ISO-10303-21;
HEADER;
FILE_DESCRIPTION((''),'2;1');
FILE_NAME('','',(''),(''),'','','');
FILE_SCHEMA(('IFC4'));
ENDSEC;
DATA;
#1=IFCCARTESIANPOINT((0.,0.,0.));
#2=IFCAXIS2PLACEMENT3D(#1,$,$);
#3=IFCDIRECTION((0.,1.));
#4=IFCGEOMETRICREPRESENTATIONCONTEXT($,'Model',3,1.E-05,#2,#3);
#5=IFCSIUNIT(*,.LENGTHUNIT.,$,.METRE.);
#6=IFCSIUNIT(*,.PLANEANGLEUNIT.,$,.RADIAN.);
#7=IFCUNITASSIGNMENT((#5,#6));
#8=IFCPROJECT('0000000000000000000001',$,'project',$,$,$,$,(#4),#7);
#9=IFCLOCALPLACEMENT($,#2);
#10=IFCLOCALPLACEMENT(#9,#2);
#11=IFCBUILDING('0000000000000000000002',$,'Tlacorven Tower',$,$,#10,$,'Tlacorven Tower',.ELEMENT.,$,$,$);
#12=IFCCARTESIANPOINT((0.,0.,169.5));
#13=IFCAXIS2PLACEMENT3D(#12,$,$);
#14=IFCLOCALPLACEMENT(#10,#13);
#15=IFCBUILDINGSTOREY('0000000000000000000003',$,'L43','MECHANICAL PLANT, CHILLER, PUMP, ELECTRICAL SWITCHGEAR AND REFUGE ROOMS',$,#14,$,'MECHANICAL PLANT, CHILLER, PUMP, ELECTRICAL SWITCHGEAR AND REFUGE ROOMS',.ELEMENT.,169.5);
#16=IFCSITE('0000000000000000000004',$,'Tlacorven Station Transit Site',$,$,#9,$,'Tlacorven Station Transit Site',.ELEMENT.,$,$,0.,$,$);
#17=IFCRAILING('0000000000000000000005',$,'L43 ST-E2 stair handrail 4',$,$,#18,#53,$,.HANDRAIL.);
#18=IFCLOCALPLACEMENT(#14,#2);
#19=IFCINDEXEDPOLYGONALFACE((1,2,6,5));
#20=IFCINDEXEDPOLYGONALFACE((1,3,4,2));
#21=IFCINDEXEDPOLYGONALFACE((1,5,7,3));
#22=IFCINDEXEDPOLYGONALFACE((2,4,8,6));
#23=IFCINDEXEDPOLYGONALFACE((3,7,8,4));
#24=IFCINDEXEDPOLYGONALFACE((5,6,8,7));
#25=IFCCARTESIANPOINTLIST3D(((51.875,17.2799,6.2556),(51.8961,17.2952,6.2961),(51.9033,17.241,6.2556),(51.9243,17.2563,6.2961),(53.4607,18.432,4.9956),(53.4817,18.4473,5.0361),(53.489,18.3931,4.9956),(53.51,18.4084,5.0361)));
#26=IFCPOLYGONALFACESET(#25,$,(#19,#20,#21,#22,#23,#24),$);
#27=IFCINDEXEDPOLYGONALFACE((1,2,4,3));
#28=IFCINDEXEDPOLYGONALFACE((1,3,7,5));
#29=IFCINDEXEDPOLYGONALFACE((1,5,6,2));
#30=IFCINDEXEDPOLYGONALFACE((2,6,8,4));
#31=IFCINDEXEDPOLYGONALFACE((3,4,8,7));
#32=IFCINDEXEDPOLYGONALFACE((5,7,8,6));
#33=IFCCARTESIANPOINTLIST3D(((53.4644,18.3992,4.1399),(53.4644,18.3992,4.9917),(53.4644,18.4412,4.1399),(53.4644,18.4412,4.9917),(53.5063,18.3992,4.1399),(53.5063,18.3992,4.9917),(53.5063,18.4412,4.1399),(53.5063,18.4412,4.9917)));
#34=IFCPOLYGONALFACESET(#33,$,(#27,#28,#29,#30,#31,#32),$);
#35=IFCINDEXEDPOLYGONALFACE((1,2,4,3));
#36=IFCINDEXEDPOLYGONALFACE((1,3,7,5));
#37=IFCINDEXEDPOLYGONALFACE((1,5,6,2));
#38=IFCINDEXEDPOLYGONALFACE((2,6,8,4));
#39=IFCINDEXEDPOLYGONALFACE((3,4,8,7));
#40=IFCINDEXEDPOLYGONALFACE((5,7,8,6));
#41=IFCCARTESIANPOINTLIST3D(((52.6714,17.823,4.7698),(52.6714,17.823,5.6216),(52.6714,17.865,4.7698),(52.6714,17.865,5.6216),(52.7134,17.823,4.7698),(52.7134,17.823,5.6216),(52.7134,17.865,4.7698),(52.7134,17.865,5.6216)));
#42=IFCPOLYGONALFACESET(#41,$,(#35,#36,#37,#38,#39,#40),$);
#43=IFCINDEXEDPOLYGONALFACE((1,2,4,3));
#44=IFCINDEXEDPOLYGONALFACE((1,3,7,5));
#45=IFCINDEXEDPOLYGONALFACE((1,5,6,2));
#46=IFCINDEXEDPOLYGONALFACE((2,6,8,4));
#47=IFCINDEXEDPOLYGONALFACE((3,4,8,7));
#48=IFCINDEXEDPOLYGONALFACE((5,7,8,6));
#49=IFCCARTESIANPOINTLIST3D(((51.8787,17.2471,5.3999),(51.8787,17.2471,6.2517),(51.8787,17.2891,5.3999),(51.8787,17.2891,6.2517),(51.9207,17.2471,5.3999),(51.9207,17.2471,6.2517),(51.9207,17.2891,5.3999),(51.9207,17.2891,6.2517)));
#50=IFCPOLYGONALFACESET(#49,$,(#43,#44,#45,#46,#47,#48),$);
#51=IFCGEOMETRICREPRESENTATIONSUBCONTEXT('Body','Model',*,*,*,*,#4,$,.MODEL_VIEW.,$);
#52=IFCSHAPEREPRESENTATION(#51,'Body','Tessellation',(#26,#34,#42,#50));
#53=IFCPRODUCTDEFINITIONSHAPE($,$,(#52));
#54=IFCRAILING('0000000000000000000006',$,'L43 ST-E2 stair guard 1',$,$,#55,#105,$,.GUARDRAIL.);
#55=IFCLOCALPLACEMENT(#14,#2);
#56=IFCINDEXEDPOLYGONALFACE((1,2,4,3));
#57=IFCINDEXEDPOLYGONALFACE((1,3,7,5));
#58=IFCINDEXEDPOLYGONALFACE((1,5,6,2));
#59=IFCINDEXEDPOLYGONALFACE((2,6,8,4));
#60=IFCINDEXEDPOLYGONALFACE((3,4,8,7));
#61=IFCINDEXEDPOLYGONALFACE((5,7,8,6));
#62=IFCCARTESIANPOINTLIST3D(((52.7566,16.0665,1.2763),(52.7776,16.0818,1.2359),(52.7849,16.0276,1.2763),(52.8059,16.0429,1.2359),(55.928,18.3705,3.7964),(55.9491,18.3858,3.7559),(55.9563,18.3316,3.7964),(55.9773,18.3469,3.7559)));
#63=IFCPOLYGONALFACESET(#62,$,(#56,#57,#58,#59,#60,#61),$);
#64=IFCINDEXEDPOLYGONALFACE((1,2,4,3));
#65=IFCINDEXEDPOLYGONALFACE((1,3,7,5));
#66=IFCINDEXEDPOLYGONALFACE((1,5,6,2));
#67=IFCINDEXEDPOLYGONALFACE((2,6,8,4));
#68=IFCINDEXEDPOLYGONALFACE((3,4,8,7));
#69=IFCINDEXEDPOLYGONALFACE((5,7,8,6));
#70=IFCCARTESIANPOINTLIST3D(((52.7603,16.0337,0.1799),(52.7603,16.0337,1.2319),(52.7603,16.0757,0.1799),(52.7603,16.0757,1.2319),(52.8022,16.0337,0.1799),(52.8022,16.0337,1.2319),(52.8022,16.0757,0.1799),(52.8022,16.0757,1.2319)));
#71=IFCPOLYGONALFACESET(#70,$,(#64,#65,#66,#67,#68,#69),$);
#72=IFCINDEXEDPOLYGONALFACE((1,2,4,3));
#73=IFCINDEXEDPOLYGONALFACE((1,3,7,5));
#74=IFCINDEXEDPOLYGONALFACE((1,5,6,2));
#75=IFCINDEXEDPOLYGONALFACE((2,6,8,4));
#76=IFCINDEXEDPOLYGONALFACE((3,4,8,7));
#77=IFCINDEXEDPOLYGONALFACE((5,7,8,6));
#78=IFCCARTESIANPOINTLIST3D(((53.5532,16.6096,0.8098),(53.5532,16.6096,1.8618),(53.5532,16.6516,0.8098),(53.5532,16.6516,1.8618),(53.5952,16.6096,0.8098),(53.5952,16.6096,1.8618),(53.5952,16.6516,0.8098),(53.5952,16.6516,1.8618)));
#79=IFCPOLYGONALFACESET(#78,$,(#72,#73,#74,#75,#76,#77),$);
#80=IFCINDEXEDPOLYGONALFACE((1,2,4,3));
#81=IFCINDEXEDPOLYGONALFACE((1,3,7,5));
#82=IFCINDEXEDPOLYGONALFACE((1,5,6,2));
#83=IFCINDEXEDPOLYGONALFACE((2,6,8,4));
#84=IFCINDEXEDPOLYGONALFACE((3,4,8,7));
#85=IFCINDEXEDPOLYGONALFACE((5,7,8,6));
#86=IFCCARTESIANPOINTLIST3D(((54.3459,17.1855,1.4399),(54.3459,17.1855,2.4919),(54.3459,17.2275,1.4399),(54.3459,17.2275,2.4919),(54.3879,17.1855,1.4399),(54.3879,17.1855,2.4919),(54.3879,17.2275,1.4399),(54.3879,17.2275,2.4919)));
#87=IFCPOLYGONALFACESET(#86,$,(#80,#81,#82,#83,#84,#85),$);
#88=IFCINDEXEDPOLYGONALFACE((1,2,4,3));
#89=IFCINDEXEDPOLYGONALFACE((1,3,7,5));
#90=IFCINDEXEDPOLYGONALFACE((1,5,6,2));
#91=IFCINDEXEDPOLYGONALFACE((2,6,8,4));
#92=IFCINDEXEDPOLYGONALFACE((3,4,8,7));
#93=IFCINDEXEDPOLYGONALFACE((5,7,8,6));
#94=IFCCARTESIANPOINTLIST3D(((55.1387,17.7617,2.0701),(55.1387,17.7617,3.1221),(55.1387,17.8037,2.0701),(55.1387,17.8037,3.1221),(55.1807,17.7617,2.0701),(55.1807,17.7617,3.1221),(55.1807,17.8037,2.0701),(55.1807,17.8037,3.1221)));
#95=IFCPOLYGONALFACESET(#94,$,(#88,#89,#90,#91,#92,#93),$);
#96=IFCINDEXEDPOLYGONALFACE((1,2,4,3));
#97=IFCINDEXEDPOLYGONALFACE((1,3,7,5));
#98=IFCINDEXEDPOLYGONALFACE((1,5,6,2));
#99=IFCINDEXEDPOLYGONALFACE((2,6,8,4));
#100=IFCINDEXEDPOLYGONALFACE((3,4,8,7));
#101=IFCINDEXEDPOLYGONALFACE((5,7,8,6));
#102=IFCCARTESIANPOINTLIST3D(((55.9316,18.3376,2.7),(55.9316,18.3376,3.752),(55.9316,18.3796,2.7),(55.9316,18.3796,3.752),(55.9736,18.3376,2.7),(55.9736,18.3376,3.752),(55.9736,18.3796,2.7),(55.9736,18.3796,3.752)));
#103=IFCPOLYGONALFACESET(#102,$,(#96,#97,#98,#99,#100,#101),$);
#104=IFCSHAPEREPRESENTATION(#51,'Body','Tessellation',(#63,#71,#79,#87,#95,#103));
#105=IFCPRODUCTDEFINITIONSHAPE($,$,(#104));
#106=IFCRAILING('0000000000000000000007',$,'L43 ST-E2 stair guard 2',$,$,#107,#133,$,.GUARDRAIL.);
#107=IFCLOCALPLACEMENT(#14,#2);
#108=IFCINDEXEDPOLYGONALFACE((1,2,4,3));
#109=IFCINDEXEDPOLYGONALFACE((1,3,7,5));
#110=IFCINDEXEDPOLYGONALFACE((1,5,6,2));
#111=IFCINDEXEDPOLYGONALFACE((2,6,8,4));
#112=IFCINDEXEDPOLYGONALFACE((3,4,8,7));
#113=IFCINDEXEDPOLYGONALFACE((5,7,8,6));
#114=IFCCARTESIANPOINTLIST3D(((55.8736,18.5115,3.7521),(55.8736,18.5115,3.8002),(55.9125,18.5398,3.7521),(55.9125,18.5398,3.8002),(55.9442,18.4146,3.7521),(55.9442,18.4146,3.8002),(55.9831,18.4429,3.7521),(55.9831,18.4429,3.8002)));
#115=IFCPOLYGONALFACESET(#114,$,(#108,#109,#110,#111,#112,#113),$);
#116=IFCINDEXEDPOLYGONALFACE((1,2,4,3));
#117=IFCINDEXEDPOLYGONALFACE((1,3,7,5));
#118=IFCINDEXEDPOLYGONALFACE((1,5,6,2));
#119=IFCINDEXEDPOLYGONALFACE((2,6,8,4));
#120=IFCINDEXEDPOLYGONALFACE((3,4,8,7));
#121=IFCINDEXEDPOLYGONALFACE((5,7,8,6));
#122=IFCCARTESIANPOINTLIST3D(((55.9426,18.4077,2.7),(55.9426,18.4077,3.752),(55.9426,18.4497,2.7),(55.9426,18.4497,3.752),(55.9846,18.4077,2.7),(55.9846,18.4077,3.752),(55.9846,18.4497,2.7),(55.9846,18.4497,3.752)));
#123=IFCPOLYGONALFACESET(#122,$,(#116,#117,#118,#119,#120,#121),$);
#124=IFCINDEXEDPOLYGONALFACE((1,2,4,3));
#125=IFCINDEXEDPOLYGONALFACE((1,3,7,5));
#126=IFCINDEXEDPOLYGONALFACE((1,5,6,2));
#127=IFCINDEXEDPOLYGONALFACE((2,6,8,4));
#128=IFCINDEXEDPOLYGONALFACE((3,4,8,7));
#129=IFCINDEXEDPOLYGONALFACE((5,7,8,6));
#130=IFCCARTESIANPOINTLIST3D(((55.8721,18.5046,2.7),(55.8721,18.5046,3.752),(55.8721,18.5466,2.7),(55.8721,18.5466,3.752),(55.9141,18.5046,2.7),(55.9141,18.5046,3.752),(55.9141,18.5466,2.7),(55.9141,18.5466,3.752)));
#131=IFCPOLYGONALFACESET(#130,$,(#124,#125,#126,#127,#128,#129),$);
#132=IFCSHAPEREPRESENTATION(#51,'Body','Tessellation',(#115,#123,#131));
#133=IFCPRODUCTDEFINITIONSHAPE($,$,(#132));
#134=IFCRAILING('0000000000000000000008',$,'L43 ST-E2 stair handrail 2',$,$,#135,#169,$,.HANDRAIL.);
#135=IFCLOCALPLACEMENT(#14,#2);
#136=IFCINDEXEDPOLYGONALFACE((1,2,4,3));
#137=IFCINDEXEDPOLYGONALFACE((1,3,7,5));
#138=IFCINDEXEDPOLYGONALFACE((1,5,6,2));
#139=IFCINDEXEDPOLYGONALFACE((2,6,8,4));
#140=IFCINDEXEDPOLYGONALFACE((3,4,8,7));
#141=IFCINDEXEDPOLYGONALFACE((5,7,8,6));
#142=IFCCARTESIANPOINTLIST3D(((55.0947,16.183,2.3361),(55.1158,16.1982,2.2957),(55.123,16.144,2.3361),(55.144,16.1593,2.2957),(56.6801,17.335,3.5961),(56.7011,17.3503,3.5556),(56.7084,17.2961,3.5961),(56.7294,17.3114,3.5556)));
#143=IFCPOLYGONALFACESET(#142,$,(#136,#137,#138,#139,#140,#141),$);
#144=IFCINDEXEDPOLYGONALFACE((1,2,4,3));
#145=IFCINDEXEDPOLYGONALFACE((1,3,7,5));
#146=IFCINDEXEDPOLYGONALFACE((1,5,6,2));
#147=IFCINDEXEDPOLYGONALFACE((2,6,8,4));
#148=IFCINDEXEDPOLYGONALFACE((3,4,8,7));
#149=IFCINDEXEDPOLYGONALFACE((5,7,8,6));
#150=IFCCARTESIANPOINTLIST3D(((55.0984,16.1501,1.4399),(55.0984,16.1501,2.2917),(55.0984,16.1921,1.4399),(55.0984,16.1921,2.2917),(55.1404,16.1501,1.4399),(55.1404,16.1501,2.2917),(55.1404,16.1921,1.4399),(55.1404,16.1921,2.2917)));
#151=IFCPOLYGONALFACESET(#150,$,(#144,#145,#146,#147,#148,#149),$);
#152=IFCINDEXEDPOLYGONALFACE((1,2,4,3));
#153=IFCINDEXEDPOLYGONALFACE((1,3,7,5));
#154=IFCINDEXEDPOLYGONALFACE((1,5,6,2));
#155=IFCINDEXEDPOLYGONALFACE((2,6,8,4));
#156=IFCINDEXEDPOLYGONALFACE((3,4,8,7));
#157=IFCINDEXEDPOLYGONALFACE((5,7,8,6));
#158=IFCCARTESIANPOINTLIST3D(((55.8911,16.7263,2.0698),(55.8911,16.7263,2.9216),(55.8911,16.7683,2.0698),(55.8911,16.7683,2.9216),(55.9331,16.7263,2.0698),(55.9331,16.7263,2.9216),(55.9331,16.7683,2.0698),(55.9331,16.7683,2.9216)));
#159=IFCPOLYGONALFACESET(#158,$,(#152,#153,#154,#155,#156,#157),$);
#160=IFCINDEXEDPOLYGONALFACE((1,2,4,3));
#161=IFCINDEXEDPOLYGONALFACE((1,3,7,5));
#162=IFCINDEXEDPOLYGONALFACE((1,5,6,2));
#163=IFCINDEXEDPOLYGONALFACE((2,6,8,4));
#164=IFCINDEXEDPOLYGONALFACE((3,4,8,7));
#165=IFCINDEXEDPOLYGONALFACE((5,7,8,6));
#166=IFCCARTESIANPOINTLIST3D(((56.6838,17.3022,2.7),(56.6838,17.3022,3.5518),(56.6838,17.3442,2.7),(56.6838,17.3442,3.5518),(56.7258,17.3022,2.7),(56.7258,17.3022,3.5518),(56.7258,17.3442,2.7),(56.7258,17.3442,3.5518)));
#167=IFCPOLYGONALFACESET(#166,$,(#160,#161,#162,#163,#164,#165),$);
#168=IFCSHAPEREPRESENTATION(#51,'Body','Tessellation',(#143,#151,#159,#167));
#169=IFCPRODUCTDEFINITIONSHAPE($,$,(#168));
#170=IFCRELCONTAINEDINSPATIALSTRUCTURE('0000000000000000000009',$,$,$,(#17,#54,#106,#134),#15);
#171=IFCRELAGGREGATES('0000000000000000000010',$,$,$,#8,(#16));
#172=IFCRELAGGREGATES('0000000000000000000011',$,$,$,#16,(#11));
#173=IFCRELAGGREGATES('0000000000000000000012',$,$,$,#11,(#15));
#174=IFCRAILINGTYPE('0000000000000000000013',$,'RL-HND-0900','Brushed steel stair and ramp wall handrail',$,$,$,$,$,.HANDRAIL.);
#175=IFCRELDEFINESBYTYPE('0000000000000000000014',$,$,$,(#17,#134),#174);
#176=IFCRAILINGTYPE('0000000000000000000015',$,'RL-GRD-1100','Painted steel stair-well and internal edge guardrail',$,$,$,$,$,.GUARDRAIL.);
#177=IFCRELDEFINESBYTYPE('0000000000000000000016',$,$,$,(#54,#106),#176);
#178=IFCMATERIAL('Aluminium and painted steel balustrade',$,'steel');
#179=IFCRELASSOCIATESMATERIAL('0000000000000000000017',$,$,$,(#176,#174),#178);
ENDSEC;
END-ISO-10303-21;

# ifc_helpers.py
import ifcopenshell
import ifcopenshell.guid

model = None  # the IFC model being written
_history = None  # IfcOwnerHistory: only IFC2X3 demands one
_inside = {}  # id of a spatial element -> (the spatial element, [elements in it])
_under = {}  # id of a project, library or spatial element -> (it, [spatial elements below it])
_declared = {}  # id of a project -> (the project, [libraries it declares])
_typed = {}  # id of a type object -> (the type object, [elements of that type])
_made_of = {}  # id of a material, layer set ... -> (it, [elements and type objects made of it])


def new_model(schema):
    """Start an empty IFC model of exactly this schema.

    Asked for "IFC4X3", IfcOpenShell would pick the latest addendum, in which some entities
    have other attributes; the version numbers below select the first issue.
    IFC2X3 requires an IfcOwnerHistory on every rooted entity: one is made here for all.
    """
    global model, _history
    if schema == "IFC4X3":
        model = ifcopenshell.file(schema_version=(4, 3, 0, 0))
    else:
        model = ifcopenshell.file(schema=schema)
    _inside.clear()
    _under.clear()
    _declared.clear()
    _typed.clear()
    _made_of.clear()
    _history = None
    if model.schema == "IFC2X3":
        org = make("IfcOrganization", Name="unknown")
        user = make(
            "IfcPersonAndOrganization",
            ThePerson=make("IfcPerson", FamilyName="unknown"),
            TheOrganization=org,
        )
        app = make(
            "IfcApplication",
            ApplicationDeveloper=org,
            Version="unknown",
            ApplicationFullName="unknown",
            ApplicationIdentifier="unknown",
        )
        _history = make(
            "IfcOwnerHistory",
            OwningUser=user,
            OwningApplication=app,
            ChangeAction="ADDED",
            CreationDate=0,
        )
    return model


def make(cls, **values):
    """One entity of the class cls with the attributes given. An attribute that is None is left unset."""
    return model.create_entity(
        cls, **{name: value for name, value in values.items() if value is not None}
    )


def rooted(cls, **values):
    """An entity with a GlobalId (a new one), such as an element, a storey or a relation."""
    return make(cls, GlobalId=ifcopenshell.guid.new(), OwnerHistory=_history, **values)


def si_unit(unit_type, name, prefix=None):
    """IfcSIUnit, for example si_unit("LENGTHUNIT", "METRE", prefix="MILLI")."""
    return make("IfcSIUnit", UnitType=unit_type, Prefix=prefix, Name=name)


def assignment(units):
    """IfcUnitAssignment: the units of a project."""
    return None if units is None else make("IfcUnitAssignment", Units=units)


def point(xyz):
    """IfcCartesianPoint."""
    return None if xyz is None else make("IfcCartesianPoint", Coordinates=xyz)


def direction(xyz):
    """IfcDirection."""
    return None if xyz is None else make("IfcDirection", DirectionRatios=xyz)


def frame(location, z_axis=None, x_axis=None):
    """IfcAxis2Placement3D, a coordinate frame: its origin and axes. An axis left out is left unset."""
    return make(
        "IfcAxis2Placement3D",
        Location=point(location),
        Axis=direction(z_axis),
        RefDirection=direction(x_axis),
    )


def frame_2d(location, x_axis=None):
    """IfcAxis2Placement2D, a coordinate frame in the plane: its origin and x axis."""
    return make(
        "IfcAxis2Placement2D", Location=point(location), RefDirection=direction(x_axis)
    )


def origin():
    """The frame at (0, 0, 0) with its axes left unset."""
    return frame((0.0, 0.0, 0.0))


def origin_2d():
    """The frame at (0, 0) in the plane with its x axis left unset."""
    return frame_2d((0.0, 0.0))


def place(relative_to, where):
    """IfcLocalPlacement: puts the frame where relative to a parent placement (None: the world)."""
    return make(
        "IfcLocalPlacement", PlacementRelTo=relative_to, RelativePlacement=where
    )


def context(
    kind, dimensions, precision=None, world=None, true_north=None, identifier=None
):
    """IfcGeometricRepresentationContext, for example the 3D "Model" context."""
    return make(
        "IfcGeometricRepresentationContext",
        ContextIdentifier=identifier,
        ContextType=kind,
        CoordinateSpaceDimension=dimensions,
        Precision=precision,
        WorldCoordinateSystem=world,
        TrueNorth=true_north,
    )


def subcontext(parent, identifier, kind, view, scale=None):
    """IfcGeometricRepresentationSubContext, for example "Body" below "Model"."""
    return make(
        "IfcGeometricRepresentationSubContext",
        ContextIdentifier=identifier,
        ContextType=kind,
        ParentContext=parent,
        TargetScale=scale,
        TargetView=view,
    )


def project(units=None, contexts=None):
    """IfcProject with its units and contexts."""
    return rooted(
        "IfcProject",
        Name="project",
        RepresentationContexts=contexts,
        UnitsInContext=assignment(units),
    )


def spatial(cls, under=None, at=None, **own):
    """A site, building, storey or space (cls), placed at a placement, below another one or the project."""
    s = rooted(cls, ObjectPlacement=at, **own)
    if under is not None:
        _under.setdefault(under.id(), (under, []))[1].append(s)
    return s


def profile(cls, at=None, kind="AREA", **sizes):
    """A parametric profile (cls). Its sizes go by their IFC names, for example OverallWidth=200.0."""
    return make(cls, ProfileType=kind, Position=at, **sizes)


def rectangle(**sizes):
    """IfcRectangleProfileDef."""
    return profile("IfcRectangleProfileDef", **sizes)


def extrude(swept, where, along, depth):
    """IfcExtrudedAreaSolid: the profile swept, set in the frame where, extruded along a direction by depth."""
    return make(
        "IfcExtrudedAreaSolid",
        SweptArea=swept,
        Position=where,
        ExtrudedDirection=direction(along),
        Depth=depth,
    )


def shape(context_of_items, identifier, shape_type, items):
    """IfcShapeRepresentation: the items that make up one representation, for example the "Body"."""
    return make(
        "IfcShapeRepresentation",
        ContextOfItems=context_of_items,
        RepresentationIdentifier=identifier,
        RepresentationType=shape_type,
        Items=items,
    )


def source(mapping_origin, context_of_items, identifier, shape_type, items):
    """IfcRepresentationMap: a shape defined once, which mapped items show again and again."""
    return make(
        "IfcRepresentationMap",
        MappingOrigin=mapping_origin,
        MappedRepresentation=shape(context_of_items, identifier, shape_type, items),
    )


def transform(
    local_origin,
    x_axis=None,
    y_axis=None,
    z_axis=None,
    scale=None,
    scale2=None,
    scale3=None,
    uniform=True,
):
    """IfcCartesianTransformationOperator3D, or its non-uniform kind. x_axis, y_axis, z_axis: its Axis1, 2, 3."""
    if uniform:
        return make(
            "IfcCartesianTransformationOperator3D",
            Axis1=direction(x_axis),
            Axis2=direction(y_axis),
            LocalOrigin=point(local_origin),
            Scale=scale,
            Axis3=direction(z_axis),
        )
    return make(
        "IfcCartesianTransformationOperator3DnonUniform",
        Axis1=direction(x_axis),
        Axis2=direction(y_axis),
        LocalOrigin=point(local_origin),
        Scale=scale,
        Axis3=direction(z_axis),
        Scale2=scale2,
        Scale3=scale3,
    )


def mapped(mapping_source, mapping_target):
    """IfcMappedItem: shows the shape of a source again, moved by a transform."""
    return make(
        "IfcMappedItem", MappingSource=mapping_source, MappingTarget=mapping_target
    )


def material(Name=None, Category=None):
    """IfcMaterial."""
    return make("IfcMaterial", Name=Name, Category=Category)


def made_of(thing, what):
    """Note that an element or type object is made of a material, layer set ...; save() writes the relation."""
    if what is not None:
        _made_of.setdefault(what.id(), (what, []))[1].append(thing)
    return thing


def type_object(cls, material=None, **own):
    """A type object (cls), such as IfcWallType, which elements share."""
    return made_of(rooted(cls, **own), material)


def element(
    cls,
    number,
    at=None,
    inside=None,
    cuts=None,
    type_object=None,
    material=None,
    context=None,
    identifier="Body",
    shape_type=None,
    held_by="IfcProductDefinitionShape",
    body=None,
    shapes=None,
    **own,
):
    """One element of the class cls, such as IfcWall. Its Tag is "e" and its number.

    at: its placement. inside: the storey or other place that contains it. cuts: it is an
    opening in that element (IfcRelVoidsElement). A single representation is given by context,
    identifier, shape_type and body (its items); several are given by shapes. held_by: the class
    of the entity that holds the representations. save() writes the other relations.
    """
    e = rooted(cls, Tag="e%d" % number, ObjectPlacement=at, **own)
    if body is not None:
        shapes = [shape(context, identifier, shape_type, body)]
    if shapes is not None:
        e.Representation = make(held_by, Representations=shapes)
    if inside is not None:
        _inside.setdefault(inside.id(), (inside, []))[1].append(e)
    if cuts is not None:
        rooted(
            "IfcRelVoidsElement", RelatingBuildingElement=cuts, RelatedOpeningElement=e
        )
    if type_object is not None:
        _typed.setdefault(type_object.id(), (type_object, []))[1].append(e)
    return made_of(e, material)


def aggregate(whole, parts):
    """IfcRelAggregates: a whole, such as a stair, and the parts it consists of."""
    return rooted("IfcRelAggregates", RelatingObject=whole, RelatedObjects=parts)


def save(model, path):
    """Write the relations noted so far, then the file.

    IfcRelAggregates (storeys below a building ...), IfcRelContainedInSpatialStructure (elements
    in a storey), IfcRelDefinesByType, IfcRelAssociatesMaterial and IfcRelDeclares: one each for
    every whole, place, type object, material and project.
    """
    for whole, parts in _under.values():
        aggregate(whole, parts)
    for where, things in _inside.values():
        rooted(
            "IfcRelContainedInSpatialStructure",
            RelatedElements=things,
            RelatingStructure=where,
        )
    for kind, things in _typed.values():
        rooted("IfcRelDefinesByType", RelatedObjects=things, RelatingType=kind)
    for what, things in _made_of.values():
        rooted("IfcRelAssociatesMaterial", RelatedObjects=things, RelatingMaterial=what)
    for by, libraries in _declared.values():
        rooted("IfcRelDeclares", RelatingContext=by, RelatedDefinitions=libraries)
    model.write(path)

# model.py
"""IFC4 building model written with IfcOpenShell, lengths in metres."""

from ifc_helpers import new_model, si_unit, direction, frame, origin, origin_2d, place, context, subcontext, project, spatial, rectangle, extrude, source, transform, mapped, material, type_object, element, save


model = new_model("IFC4")

# Units and contexts
model_context = context("Model", 3, precision=1e-05, world=origin(), true_north=direction((0.0, 1.0)))
body_context = subcontext(model_context, "Body", "Model", "MODEL_VIEW")
ifc_project = project(units=[si_unit("LENGTHUNIT", "METRE"), si_unit("PLANEANGLEUNIT", "RADIAN")], contexts=[model_context])

# Site, building, storey
site_placement = place(None, origin())
site = spatial("IfcSite", under=ifc_project, at=site_placement, Name="Tlacorven Station Transit Site", LongName="Tlacorven Station Transit Site", CompositionType="ELEMENT", RefElevation=0.0)
building_placement = place(site_placement, origin())
building = spatial("IfcBuilding", under=site, at=building_placement, Name="Tlacorven Tower", LongName="Tlacorven Tower", CompositionType="ELEMENT")
storey_placement = place(building_placement, frame((0.0, 0.0, 169.5)))
storey = spatial("IfcBuildingStorey", under=building, at=storey_placement, Name="L43", Description="MECHANICAL PLANT, CHILLER, PUMP, ELECTRICAL SWITCHGEAR AND REFUGE ROOMS", LongName="MECHANICAL PLANT, CHILLER, PUMP, ELECTRICAL SWITCHGEAR AND REFUGE ROOMS", CompositionType="ELEMENT", Elevation=169.5)

# Railings
ifc_material_1 = material(Name="Aluminium and painted steel balustrade", Category="steel")
railing_type_1 = type_object("IfcRailingType", Name="RL-GRD-1100", Description="Painted steel stair-well and internal edge guardrail", PredefinedType="GUARDRAIL", material=ifc_material_1)
railing_type_2 = type_object("IfcRailingType", Name="RL-HND-0900", Description="Brushed steel stair and ramp wall handrail", PredefinedType="HANDRAIL", material=ifc_material_1)
shared_shape_1 = source(origin(), body_context, "Body", "SweptSolid", [
    extrude(rectangle(XDim=0.0481, YDim=0.0481, at=origin_2d()), frame((0.0, 0.0, 0.876), z_axis=(-0.680525, -0.494441, 0.540753), x_axis=(0.587794, -0.809011, 0.0)), (0.0, 0.0, 1.0), 2.3301),
    extrude(rectangle(XDim=0.042, YDim=0.042, at=origin_2d()), origin(), (0.0, 0.0, 1.0), 0.8518),
    extrude(rectangle(XDim=0.042, YDim=0.042, at=origin_2d()), frame((-0.793, -0.5762, 0.6299)), (0.0, 0.0, 1.0), 0.8518),
    extrude(rectangle(XDim=0.042, YDim=0.042, at=origin_2d()), frame((-1.5857, -1.1521, 1.26)), (0.0, 0.0, 1.0), 0.8518),
])
railing_1_placement = place(storey_placement, frame((53.4854, 18.4202, 4.1399)))
element("IfcRailing", 1, at=railing_1_placement, inside=storey, type_object=railing_type_2, Name="L43 ST-E2 stair handrail 4", PredefinedType="HANDRAIL", context=body_context, shape_type="MappedRepresentation", body=[
    mapped(shared_shape_1, transform((0.0, 0.0, 0.0), scale=1.0)),
])
shared_shape_2 = source(origin(), body_context, "Body", "SweptSolid", [
    extrude(rectangle(XDim=0.0481, YDim=0.0481, at=origin_2d()), frame((0.0, 0.0, 1.0762), z_axis=(0.680543, 0.494402, 0.540767), x_axis=(-0.587753, 0.80904, 0.0)), (0.0, 0.0, 1.0), 4.6602),
    extrude(rectangle(XDim=0.042, YDim=0.042, at=origin_2d()), origin(), (0.0, 0.0, 1.0), 1.052),
    extrude(rectangle(XDim=0.042, YDim=0.042, at=origin_2d()), frame((0.793, 0.5759, 0.6299)), (0.0, 0.0, 1.0), 1.052),
    extrude(rectangle(XDim=0.042, YDim=0.042, at=origin_2d()), frame((1.5857, 1.1519, 1.26)), (0.0, 0.0, 1.0), 1.052),
    extrude(rectangle(XDim=0.042, YDim=0.042, at=origin_2d()), frame((2.3784, 1.728, 1.8901)), (0.0, 0.0, 1.0), 1.052),
    extrude(rectangle(XDim=0.042, YDim=0.042, at=origin_2d()), frame((3.1714, 2.304, 2.52)), (0.0, 0.0, 1.0), 1.052),
])
railing_2_placement = place(storey_placement, frame((52.7812, 16.0547, 0.1799)))
element("IfcRailing", 2, at=railing_2_placement, inside=storey, type_object=railing_type_1, Name="L43 ST-E2 stair guard 1", PredefinedType="GUARDRAIL", context=body_context, shape_type="MappedRepresentation", body=[
    mapped(shared_shape_2, transform((0.0, 0.0, 0.0), scale=1.0)),
])
shared_shape_3 = source(origin(), body_context, "Body", "SweptSolid", [
    extrude(rectangle(XDim=0.0481, YDim=0.0481, at=origin_2d()), frame((0.0, 0.0, 1.0762), z_axis=(-0.588535, 0.808472, 0.0), x_axis=(-0.808472, -0.588535, 0.0)), (0.0, 0.0, 1.0), 0.1199),
    extrude(rectangle(XDim=0.042, YDim=0.042, at=origin_2d()), origin(), (0.0, 0.0, 1.0), 1.052),
    extrude(rectangle(XDim=0.042, YDim=0.042, at=origin_2d()), frame((-0.0706, 0.0969, 0.0)), (0.0, 0.0, 1.0), 1.052),
])
railing_3_placement = place(storey_placement, frame((55.9636, 18.4287, 2.7)))
element("IfcRailing", 3, at=railing_3_placement, inside=storey, type_object=railing_type_1, Name="L43 ST-E2 stair guard 2", PredefinedType="GUARDRAIL", context=body_context, shape_type="MappedRepresentation", body=[
    mapped(shared_shape_3, transform((0.0, 0.0, 0.0), scale=1.0)),
])
shared_shape_4 = source(origin(), body_context, "Body", "SweptSolid", [
    extrude(rectangle(XDim=0.0481, YDim=0.0481, at=origin_2d()), frame((0.0, 0.0, 0.876), z_axis=(0.680469, 0.494477, 0.540791), x_axis=(-0.587853, 0.808968, 0.0)), (0.0, 0.0, 1.0), 2.3298),
    extrude(rectangle(XDim=0.042, YDim=0.042, at=origin_2d()), origin(), (0.0, 0.0, 1.0), 0.8518),
    extrude(rectangle(XDim=0.042, YDim=0.042, at=origin_2d()), frame((0.7927, 0.5762, 0.6299)), (0.0, 0.0, 1.0), 0.8518),
    extrude(rectangle(XDim=0.042, YDim=0.042, at=origin_2d()), frame((1.5854, 1.1521, 1.26)), (0.0, 0.0, 1.0), 0.8518),
])
railing_4_placement = place(storey_placement, frame((55.1194, 16.1711, 1.4399)))
element("IfcRailing", 4, at=railing_4_placement, inside=storey, type_object=railing_type_2, Name="L43 ST-E2 stair handrail 2", PredefinedType="HANDRAIL", context=body_context, shape_type="MappedRepresentation", body=[
    mapped(shared_shape_4, transform((0.0, 0.0, 0.0), scale=1.0)),
])

save(model, "model.ifc")
